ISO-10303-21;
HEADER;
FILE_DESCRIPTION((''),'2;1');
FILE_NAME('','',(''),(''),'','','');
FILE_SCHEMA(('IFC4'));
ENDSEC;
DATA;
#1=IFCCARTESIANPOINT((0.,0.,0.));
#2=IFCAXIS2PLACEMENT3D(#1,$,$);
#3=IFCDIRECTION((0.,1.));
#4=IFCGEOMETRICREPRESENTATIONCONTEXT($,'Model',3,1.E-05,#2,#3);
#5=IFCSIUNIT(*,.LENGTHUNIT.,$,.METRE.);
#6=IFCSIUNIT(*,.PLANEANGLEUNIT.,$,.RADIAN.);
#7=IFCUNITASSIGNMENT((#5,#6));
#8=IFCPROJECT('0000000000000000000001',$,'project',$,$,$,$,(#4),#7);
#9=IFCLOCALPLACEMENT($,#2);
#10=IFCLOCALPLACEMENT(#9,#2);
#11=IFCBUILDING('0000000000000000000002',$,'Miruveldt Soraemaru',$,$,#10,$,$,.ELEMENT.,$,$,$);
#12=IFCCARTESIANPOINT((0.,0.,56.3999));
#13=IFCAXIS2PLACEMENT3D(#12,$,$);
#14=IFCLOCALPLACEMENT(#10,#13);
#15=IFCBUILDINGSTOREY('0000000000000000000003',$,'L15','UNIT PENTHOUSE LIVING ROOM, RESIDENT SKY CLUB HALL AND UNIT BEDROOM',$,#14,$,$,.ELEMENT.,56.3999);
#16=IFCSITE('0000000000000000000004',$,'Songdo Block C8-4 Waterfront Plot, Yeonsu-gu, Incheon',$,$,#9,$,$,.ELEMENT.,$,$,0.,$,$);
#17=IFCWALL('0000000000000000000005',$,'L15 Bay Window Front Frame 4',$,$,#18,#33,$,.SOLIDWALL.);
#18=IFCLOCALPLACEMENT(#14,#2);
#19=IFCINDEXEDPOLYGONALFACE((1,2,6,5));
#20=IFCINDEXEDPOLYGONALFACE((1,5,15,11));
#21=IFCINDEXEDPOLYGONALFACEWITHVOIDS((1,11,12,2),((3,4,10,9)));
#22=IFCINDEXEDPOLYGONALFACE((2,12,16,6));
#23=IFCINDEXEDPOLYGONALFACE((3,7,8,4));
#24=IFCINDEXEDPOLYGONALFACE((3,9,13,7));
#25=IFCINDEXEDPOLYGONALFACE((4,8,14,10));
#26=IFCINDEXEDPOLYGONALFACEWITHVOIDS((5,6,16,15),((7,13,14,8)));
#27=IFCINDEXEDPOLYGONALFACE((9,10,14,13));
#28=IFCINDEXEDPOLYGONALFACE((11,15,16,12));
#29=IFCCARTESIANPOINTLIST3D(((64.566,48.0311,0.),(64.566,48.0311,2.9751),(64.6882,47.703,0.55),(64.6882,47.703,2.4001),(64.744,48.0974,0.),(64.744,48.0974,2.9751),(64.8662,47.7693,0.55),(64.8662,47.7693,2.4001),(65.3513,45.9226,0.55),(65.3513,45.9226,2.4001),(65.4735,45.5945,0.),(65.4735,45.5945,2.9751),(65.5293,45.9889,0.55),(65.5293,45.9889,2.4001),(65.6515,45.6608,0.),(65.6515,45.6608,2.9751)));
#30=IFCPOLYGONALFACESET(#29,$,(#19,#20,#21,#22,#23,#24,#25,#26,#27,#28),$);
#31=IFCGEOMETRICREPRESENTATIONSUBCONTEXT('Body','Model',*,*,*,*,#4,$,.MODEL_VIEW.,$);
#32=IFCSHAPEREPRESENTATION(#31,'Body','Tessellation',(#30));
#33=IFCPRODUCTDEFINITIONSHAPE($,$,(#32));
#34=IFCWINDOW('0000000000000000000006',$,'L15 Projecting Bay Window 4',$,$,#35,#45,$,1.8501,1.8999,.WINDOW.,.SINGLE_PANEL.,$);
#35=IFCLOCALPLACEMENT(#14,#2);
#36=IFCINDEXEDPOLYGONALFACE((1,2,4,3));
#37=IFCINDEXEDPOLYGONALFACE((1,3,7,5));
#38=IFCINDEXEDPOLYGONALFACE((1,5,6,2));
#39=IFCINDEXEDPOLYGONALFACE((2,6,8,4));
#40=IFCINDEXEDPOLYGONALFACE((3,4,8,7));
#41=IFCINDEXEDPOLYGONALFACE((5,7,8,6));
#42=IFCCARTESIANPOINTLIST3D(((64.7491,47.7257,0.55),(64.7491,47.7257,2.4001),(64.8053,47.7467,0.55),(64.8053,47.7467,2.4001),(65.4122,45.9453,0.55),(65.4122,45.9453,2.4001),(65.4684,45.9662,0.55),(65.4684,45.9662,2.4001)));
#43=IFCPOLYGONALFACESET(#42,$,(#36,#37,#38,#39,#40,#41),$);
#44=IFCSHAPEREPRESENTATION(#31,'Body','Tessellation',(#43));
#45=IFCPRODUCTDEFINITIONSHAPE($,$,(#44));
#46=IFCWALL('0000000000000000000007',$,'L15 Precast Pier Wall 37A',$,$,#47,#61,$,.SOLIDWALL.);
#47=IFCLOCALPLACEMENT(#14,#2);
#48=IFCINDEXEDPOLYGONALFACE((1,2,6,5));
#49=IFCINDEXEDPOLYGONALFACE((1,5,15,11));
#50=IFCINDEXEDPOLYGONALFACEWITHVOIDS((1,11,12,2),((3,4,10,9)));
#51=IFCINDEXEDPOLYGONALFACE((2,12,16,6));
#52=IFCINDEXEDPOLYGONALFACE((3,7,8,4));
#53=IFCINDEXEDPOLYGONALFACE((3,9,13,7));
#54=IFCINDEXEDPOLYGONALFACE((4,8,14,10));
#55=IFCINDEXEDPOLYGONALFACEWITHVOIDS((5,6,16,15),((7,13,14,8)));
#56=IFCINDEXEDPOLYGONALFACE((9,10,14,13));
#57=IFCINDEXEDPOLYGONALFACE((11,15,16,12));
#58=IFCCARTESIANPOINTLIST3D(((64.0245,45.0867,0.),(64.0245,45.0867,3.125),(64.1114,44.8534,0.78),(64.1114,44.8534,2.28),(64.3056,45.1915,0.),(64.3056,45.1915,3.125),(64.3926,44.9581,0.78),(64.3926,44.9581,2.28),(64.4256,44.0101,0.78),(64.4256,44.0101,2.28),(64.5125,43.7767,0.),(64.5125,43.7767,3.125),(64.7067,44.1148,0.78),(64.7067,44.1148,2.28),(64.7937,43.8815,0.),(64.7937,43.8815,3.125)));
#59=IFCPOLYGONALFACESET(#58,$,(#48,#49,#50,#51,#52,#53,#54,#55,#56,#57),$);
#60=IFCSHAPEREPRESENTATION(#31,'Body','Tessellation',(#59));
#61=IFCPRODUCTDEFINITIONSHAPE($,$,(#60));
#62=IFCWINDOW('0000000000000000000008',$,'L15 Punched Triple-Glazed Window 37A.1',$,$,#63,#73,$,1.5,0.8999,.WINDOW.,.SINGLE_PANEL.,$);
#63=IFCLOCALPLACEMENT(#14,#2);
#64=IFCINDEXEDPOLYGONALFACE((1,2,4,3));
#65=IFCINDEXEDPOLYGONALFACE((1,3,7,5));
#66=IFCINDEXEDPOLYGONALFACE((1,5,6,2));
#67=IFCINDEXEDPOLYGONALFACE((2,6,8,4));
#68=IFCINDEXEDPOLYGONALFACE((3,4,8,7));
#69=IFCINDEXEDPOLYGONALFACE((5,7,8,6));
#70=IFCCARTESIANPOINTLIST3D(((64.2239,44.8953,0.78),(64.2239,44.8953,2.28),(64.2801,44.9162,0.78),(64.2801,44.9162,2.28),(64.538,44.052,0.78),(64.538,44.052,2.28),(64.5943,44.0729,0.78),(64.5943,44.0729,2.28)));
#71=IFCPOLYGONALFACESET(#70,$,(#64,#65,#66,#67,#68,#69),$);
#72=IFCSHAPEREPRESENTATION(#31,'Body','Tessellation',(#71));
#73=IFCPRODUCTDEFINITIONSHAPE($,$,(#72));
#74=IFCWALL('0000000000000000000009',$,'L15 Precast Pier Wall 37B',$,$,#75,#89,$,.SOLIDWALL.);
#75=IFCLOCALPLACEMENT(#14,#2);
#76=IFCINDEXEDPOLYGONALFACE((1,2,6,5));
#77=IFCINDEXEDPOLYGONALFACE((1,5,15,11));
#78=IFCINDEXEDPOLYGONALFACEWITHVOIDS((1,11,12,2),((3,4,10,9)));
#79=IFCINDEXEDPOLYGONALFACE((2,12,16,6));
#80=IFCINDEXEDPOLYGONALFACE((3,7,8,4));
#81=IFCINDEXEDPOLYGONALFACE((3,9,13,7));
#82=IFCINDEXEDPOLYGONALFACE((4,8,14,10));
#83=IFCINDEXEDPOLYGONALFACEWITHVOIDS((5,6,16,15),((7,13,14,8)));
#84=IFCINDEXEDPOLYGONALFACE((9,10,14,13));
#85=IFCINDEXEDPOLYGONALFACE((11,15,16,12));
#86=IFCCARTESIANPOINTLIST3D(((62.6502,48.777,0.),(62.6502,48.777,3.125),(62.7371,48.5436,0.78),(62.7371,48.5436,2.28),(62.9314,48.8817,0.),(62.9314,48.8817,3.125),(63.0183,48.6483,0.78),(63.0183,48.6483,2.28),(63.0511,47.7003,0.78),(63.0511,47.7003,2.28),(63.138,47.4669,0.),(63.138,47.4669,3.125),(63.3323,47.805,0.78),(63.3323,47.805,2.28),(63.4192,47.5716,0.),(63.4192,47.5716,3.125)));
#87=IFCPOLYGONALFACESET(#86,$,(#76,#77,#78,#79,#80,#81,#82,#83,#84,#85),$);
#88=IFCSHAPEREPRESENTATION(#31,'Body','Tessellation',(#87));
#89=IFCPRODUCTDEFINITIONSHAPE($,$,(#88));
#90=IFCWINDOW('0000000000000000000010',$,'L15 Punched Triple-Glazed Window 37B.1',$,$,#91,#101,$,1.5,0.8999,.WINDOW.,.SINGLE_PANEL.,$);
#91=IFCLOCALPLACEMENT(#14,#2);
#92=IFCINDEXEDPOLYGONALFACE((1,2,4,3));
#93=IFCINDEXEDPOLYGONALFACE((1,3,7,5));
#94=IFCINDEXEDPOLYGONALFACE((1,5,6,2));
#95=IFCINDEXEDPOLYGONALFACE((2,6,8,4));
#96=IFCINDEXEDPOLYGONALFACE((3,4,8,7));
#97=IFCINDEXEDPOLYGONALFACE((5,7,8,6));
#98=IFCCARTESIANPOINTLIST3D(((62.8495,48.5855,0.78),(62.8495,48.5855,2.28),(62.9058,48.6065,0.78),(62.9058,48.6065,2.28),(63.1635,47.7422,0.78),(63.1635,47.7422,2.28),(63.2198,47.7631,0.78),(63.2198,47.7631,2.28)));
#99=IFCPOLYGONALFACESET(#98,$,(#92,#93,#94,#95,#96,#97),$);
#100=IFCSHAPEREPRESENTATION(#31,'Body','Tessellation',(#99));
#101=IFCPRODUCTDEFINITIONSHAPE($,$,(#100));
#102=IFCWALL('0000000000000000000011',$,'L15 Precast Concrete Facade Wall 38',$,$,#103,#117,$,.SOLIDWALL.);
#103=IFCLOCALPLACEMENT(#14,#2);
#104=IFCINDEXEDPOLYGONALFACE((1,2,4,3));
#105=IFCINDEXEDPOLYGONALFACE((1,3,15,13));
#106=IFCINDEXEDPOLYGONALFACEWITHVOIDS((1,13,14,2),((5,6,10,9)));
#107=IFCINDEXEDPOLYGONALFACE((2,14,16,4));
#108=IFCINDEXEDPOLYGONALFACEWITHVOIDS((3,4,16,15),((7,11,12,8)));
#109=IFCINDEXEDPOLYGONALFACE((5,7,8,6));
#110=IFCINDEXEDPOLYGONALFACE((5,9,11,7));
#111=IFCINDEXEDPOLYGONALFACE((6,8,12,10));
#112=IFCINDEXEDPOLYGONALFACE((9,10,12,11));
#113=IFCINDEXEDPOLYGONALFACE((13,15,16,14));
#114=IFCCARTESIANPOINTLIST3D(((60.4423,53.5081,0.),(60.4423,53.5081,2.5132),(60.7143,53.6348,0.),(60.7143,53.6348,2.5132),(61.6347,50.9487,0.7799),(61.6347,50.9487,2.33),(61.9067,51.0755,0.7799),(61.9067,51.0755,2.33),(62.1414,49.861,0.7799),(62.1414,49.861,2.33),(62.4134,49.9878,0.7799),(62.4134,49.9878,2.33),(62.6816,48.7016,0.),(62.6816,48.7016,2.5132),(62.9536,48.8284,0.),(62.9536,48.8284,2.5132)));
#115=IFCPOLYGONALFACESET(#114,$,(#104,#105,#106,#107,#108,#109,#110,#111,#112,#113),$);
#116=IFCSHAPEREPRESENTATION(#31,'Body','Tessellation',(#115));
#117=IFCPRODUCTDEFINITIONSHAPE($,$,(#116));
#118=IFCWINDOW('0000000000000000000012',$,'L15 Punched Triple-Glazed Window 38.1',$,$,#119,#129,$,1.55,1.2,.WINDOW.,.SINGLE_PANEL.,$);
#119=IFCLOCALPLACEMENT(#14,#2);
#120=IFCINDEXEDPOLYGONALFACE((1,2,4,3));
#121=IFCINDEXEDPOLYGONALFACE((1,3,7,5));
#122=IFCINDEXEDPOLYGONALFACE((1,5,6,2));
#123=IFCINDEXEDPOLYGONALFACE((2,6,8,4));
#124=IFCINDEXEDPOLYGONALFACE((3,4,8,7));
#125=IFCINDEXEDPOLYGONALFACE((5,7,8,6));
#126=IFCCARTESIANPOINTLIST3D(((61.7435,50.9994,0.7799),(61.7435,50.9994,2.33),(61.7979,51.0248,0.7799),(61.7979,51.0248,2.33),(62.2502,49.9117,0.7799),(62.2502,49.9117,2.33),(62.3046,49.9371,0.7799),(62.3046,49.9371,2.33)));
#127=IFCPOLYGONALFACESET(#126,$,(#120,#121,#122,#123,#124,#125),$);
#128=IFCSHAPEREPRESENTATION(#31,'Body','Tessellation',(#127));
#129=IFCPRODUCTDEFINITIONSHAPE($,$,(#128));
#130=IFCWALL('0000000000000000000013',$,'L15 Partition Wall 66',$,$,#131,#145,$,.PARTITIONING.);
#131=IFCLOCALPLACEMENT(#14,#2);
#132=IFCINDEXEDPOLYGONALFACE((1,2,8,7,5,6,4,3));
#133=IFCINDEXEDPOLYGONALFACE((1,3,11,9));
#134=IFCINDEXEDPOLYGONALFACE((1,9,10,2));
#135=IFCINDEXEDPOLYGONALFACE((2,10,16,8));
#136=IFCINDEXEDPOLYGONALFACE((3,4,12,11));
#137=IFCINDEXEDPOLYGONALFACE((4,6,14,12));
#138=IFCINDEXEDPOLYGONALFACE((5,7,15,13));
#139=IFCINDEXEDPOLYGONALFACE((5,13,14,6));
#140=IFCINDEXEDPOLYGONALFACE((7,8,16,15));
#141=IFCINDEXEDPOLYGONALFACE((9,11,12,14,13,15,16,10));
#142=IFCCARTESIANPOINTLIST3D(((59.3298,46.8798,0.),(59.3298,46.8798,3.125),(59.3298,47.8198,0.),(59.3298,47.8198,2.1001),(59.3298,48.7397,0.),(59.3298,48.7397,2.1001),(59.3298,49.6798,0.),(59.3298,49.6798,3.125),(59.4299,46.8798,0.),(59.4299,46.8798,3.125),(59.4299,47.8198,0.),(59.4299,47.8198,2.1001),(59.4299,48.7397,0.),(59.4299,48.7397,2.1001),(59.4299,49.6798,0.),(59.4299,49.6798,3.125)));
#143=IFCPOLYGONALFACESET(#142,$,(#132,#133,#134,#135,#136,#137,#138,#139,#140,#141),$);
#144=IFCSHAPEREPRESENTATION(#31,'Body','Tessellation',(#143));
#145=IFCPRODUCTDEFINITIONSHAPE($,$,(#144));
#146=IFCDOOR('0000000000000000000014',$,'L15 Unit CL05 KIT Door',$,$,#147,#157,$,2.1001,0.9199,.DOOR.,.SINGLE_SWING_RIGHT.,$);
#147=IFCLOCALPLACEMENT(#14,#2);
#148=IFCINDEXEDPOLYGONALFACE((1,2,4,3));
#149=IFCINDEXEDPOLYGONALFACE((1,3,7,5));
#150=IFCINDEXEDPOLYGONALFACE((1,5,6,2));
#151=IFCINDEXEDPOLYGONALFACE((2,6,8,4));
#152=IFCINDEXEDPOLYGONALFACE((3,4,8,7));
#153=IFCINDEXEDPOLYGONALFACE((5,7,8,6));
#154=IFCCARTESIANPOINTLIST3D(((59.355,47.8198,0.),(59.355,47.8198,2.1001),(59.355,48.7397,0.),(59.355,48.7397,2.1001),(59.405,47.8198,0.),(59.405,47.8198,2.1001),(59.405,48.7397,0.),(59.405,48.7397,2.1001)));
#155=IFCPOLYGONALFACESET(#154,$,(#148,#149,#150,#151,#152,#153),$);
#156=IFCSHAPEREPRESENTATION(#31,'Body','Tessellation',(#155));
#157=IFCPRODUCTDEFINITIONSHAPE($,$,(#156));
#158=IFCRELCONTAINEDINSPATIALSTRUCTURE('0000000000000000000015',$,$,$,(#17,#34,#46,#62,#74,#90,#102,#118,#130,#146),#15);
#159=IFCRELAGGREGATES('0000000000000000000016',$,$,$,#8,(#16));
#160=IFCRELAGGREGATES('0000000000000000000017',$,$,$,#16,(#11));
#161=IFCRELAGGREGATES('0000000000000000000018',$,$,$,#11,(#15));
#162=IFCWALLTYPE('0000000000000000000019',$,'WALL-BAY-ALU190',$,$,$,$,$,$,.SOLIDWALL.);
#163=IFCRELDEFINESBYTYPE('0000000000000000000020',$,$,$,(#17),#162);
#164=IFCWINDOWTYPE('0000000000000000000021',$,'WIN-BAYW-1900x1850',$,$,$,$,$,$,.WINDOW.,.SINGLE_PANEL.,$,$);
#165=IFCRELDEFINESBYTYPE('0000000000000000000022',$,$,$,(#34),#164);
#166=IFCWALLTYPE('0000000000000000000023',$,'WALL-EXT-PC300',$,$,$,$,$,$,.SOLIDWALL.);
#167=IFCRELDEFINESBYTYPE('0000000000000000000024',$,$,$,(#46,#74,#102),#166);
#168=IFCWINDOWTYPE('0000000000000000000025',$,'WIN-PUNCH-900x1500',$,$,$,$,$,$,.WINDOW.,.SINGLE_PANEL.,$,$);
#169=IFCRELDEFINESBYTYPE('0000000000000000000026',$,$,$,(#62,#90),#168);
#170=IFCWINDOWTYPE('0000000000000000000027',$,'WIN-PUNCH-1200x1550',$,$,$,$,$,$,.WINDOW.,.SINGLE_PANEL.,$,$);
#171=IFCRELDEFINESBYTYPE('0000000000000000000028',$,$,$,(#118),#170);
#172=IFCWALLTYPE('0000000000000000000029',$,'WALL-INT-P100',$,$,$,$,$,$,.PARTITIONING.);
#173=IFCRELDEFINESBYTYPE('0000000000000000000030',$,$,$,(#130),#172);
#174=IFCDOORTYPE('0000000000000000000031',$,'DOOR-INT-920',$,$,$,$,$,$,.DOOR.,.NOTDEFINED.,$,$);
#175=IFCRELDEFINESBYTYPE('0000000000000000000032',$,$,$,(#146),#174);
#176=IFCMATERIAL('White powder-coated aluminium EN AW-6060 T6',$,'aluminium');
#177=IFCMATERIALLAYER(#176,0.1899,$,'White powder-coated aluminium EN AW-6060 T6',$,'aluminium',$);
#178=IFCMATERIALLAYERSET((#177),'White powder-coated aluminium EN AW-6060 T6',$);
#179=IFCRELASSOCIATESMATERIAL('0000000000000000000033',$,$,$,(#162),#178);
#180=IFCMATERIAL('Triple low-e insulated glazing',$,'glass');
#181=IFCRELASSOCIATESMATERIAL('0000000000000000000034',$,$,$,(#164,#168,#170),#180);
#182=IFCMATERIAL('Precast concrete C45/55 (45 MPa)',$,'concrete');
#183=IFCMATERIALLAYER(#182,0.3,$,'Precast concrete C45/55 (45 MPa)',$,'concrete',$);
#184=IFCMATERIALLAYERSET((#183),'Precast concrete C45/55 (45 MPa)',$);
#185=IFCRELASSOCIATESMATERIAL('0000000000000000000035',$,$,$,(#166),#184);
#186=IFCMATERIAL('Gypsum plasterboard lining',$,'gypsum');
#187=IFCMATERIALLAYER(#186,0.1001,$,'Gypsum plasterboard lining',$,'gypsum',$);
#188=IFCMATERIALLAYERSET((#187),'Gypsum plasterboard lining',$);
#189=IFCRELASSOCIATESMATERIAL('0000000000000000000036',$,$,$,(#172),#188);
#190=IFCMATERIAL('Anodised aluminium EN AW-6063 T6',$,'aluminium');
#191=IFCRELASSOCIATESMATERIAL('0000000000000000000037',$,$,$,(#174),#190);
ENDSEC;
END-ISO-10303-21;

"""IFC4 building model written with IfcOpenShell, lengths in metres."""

from ifc_helpers import new_model, si_unit, direction, frame, frame_2d, origin, place, context, subcontext, project, spatial, rectangle, extrude, material, layer, layer_set, type_object, element, fill, save


model = new_model("IFC4")

# Units and contexts
model_context = context("Model", 3, precision=1e-05, world=origin(), true_north=direction((0.0, 1.0)))
body_context = subcontext(model_context, "Body", "Model", "MODEL_VIEW")
ifc_project = project(units=[si_unit("LENGTHUNIT", "METRE"), si_unit("PLANEANGLEUNIT", "RADIAN")], contexts=[model_context])

# Site, building, storey
site_placement = place(None, origin())
site = spatial("IfcSite", under=ifc_project, at=site_placement, Name="Songdo Block C8-4 Waterfront Plot, Yeonsu-gu, Incheon", CompositionType="ELEMENT", RefElevation=0.0)
building_placement = place(site_placement, origin())
building = spatial("IfcBuilding", under=site, at=building_placement, Name="Miruveldt Soraemaru", CompositionType="ELEMENT")
storey_placement = place(building_placement, frame((0.0, 0.0, 56.3999)))
storey = spatial("IfcBuildingStorey", under=building, at=storey_placement, Name="L15", Description="UNIT PENTHOUSE LIVING ROOM, RESIDENT SKY CLUB HALL AND UNIT BEDROOM", CompositionType="ELEMENT", Elevation=56.3999)

# Shared definitions
ifc_material_1 = material(Name="White powder-coated aluminium EN AW-6060 T6", Category="aluminium")
ifc_layer_1 = layer(ifc_material_1, 0.1899, Name="White powder-coated aluminium EN AW-6060 T6", Category="aluminium")
ifc_layer_set_1 = layer_set([ifc_layer_1], Name="White powder-coated aluminium EN AW-6060 T6")
wall_type_1 = type_object("IfcWallType", Name="WALL-BAY-ALU190", PredefinedType="SOLIDWALL", material=ifc_layer_set_1)

# Walls, openings, windows
wall_1_placement = place(storey_placement, frame((65.5625, 45.6277, 0.0), z_axis=(0.0, 0.0, 1.0), x_axis=(-0.349023, 0.937114, 0.0)))
wall_1 = element("IfcWall", 1, at=wall_1_placement, inside=storey, type_object=wall_type_1, Name="L15 Bay Window Front Frame 4", PredefinedType="SOLIDWALL", context=body_context, shape_type="SweptSolid", body=[
    extrude(rectangle(XDim=2.6001, YDim=0.1899, at=frame_2d((1.3, 0.0))), origin(), (0.0, 0.0, 1.0), 2.9751),
])
opening_1_placement = place(wall_1_placement, frame((0.3501, 0.0, 0.55)))
opening_1 = element("IfcOpeningElement", 2, at=opening_1_placement, cuts=wall_1, PredefinedType="OPENING", context=body_context, shape_type="SweptSolid", body=[
    extrude(rectangle(XDim=1.8999, YDim=1.8501, at=frame_2d((0.95, 0.925))), frame((0.0, 0.105, 0.0), z_axis=(0.0, -1.0, 0.0), x_axis=(1.0, 0.0, 0.0)), (0.0, 0.0, 1.0), 0.21),
])
ifc_material_2 = material(Name="Triple low-e insulated glazing", Category="glass")
window_type_1 = type_object("IfcWindowType", Name="WIN-BAYW-1900x1850", PartitioningType="SINGLE_PANEL", PredefinedType="WINDOW", material=ifc_material_2)
window_1_placement = place(opening_1_placement, origin())
window_1 = element("IfcWindow", 3, at=window_1_placement, inside=storey, type_object=window_type_1, Name="L15 Projecting Bay Window 4", OverallHeight=1.8501, OverallWidth=1.8999, PartitioningType="SINGLE_PANEL", PredefinedType="WINDOW", context=body_context, shape_type="SweptSolid", body=[
    extrude(rectangle(XDim=1.8999, YDim=1.8501, at=frame_2d((0.95, 0.925))), frame((0.0, 0.03, 0.0), z_axis=(0.0, -1.0, 0.0), x_axis=(1.0, 0.0, 0.0)), (0.0, 0.0, 1.0), 0.0601),
])
fill(opening_1, window_1)
ifc_material_3 = material(Name="Precast concrete C45/55 (45 MPa)", Category="concrete")
ifc_layer_2 = layer(ifc_material_3, 0.3, Name="Precast concrete C45/55 (45 MPa)", Category="concrete")
ifc_layer_set_2 = layer_set([ifc_layer_2], Name="Precast concrete C45/55 (45 MPa)")
wall_type_2 = type_object("IfcWallType", Name="WALL-EXT-PC300", PredefinedType="SOLIDWALL", material=ifc_layer_set_2)
wall_2_placement = place(storey_placement, frame((64.6531, 43.8291, 0.0), z_axis=(0.0, 0.0, 1.0), x_axis=(-0.349094, 0.937088, 0.0)))
wall_2 = element("IfcWall", 4, at=wall_2_placement, inside=storey, type_object=wall_type_2, Name="L15 Precast Pier Wall 37A", PredefinedType="SOLIDWALL", context=body_context, shape_type="SweptSolid", body=[
    extrude(rectangle(XDim=1.3979, YDim=0.3, at=frame_2d((0.699, 0.0))), origin(), (0.0, 0.0, 1.0), 3.125),
])
opening_2_placement = place(wall_2_placement, frame((0.249, 0.0, 0.78)))
opening_2 = element("IfcOpeningElement", 5, at=opening_2_placement, cuts=wall_2, PredefinedType="OPENING", context=body_context, shape_type="SweptSolid", body=[
    extrude(rectangle(XDim=0.8999, YDim=1.5, at=frame_2d((0.45, 0.75))), frame((0.0, 0.1602, 0.0), z_axis=(0.0, -1.0, 0.0), x_axis=(1.0, 0.0, 0.0)), (0.0, 0.0, 1.0), 0.3201),
])
window_type_2 = type_object("IfcWindowType", Name="WIN-PUNCH-900x1500", PartitioningType="SINGLE_PANEL", PredefinedType="WINDOW", material=ifc_material_2)
window_2_placement = place(opening_2_placement, origin())
window_2 = element("IfcWindow", 6, at=window_2_placement, inside=storey, type_object=window_type_2, Name="L15 Punched Triple-Glazed Window 37A.1", OverallHeight=1.5, OverallWidth=0.8999, PartitioningType="SINGLE_PANEL", PredefinedType="WINDOW", context=body_context, shape_type="SweptSolid", body=[
    extrude(rectangle(XDim=0.8999, YDim=1.5, at=frame_2d((0.45, 0.75))), frame((0.0, 0.03, 0.0), z_axis=(0.0, -1.0, 0.0), x_axis=(1.0, 0.0, 0.0)), (0.0, 0.0, 1.0), 0.0601),
])
fill(opening_2, window_2)
wall_3_placement = place(storey_placement, frame((63.2786, 47.5193, 0.0), z_axis=(0.0, 0.0, 1.0), x_axis=(-0.348941, 0.937145, 0.0)))
wall_3 = element("IfcWall", 7, at=wall_3_placement, inside=storey, type_object=wall_type_2, Name="L15 Precast Pier Wall 37B", PredefinedType="SOLIDWALL", context=body_context, shape_type="SweptSolid", body=[
    extrude(rectangle(XDim=1.3979, YDim=0.3, at=frame_2d((0.699, 0.0))), origin(), (0.0, 0.0, 1.0), 3.125),
])
opening_3_placement = place(wall_3_placement, frame((0.249, 0.0, 0.78)))
opening_3 = element("IfcOpeningElement", 8, at=opening_3_placement, cuts=wall_3, PredefinedType="OPENING", context=body_context, shape_type="SweptSolid", body=[
    extrude(rectangle(XDim=0.8999, YDim=1.5, at=frame_2d((0.45, 0.75))), frame((0.0, 0.1602, 0.0), z_axis=(0.0, -1.0, 0.0), x_axis=(1.0, 0.0, 0.0)), (0.0, 0.0, 1.0), 0.3201),
])
window_3_placement = place(opening_3_placement, origin())
window_3 = element("IfcWindow", 9, at=window_3_placement, inside=storey, type_object=window_type_2, Name="L15 Punched Triple-Glazed Window 37B.1", OverallHeight=1.5, OverallWidth=0.8999, PartitioningType="SINGLE_PANEL", PredefinedType="WINDOW", context=body_context, shape_type="SweptSolid", body=[
    extrude(rectangle(XDim=0.8999, YDim=1.5, at=frame_2d((0.45, 0.75))), frame((0.0, 0.03, 0.0), z_axis=(0.0, -1.0, 0.0), x_axis=(1.0, 0.0, 0.0)), (0.0, 0.0, 1.0), 0.0601),
])
fill(opening_3, window_3)
wall_4_placement = place(storey_placement, frame((62.8176, 48.7649, 0.0), z_axis=(0.0, 0.0, 1.0), x_axis=(-0.422308, 0.906452, 0.0)))
wall_4 = element("IfcWall", 10, at=wall_4_placement, inside=storey, type_object=wall_type_2, Name="L15 Precast Concrete Facade Wall 38", PredefinedType="SOLIDWALL", context=body_context, shape_type="SweptSolid", body=[
    extrude(rectangle(XDim=5.3025, YDim=0.3, at=frame_2d((2.6514, 0.0))), origin(), (0.0, 0.0, 1.0), 2.5132),
])
opening_4_placement = place(wall_4_placement, frame((1.2791, 0.0, 0.78)))
opening_4 = element("IfcOpeningElement", 11, at=opening_4_placement, cuts=wall_4, PredefinedType="OPENING", context=body_context, shape_type="SweptSolid", body=[
    extrude(rectangle(XDim=1.2, YDim=1.55, at=frame_2d((0.6001, 0.7749))), frame((0.0, 0.1602, 0.0), z_axis=(0.0, -1.0, 0.0), x_axis=(1.0, 0.0, 0.0)), (0.0, 0.0, 1.0), 0.3201),
])
window_type_3 = type_object("IfcWindowType", Name="WIN-PUNCH-1200x1550", PartitioningType="SINGLE_PANEL", PredefinedType="WINDOW", material=ifc_material_2)
window_4_placement = place(opening_4_placement, origin())
window_4 = element("IfcWindow", 12, at=window_4_placement, inside=storey, type_object=window_type_3, Name="L15 Punched Triple-Glazed Window 38.1", OverallHeight=1.55, OverallWidth=1.2, PartitioningType="SINGLE_PANEL", PredefinedType="WINDOW", context=body_context, shape_type="SweptSolid", body=[
    extrude(rectangle(XDim=1.2, YDim=1.55, at=frame_2d((0.6001, 0.7749))), frame((0.0, 0.03, 0.0), z_axis=(0.0, -1.0, 0.0), x_axis=(1.0, 0.0, 0.0)), (0.0, 0.0, 1.0), 0.0601),
])
fill(opening_4, window_4)

# Wall, opening, door
ifc_material_4 = material(Name="Gypsum plasterboard lining", Category="gypsum")
ifc_layer_3 = layer(ifc_material_4, 0.1001, Name="Gypsum plasterboard lining", Category="gypsum")
ifc_layer_set_3 = layer_set([ifc_layer_3], Name="Gypsum plasterboard lining")
wall_type_3 = type_object("IfcWallType", Name="WALL-INT-P100", PredefinedType="PARTITIONING", material=ifc_layer_set_3)
wall_5_placement = place(storey_placement, frame((59.3799, 46.8799, 0.0), z_axis=(0.0, 0.0, 1.0), x_axis=(0.0, 1.0, 0.0)))
wall_5 = element("IfcWall", 13, at=wall_5_placement, inside=storey, type_object=wall_type_3, Name="L15 Partition Wall 66", PredefinedType="PARTITIONING", context=body_context, shape_type="SweptSolid", body=[
    extrude(rectangle(XDim=2.8, YDim=0.1001, at=frame_2d((1.3999, 0.0))), origin(), (0.0, 0.0, 1.0), 3.125),
])
opening_5_placement = place(wall_5_placement, frame((0.9399, 0.0, 0.0)))
opening_5 = element("IfcOpeningElement", 14, at=opening_5_placement, cuts=wall_5, PredefinedType="OPENING", context=body_context, shape_type="SweptSolid", body=[
    extrude(rectangle(XDim=0.9199, YDim=2.1001, at=frame_2d((0.46, 1.05))), frame((0.0, 0.0601, 0.0), z_axis=(0.0, -1.0, 0.0), x_axis=(1.0, 0.0, 0.0)), (0.0, 0.0, 1.0), 0.1201),
])
ifc_material_5 = material(Name="Anodised aluminium EN AW-6063 T6", Category="aluminium")
door_type_1 = type_object("IfcDoorType", Name="DOOR-INT-920", OperationType="NOTDEFINED", PredefinedType="DOOR", material=ifc_material_5)
door_1_placement = place(opening_5_placement, origin())
door_1 = element("IfcDoor", 15, at=door_1_placement, inside=storey, type_object=door_type_1, Name="L15 Unit CL05 KIT Door", OperationType="SINGLE_SWING_RIGHT", OverallHeight=2.1001, OverallWidth=0.9199, PredefinedType="DOOR", context=body_context, shape_type="SweptSolid", body=[
    extrude(rectangle(XDim=0.9199, YDim=2.1001, at=frame_2d((0.46, 1.05))), frame((0.0, 0.0249, 0.0), z_axis=(0.0, -1.0, 0.0), x_axis=(1.0, 0.0, 0.0)), (0.0, 0.0, 1.0), 0.05),
])
fill(opening_5, door_1)

save(model, "model.ifc")
